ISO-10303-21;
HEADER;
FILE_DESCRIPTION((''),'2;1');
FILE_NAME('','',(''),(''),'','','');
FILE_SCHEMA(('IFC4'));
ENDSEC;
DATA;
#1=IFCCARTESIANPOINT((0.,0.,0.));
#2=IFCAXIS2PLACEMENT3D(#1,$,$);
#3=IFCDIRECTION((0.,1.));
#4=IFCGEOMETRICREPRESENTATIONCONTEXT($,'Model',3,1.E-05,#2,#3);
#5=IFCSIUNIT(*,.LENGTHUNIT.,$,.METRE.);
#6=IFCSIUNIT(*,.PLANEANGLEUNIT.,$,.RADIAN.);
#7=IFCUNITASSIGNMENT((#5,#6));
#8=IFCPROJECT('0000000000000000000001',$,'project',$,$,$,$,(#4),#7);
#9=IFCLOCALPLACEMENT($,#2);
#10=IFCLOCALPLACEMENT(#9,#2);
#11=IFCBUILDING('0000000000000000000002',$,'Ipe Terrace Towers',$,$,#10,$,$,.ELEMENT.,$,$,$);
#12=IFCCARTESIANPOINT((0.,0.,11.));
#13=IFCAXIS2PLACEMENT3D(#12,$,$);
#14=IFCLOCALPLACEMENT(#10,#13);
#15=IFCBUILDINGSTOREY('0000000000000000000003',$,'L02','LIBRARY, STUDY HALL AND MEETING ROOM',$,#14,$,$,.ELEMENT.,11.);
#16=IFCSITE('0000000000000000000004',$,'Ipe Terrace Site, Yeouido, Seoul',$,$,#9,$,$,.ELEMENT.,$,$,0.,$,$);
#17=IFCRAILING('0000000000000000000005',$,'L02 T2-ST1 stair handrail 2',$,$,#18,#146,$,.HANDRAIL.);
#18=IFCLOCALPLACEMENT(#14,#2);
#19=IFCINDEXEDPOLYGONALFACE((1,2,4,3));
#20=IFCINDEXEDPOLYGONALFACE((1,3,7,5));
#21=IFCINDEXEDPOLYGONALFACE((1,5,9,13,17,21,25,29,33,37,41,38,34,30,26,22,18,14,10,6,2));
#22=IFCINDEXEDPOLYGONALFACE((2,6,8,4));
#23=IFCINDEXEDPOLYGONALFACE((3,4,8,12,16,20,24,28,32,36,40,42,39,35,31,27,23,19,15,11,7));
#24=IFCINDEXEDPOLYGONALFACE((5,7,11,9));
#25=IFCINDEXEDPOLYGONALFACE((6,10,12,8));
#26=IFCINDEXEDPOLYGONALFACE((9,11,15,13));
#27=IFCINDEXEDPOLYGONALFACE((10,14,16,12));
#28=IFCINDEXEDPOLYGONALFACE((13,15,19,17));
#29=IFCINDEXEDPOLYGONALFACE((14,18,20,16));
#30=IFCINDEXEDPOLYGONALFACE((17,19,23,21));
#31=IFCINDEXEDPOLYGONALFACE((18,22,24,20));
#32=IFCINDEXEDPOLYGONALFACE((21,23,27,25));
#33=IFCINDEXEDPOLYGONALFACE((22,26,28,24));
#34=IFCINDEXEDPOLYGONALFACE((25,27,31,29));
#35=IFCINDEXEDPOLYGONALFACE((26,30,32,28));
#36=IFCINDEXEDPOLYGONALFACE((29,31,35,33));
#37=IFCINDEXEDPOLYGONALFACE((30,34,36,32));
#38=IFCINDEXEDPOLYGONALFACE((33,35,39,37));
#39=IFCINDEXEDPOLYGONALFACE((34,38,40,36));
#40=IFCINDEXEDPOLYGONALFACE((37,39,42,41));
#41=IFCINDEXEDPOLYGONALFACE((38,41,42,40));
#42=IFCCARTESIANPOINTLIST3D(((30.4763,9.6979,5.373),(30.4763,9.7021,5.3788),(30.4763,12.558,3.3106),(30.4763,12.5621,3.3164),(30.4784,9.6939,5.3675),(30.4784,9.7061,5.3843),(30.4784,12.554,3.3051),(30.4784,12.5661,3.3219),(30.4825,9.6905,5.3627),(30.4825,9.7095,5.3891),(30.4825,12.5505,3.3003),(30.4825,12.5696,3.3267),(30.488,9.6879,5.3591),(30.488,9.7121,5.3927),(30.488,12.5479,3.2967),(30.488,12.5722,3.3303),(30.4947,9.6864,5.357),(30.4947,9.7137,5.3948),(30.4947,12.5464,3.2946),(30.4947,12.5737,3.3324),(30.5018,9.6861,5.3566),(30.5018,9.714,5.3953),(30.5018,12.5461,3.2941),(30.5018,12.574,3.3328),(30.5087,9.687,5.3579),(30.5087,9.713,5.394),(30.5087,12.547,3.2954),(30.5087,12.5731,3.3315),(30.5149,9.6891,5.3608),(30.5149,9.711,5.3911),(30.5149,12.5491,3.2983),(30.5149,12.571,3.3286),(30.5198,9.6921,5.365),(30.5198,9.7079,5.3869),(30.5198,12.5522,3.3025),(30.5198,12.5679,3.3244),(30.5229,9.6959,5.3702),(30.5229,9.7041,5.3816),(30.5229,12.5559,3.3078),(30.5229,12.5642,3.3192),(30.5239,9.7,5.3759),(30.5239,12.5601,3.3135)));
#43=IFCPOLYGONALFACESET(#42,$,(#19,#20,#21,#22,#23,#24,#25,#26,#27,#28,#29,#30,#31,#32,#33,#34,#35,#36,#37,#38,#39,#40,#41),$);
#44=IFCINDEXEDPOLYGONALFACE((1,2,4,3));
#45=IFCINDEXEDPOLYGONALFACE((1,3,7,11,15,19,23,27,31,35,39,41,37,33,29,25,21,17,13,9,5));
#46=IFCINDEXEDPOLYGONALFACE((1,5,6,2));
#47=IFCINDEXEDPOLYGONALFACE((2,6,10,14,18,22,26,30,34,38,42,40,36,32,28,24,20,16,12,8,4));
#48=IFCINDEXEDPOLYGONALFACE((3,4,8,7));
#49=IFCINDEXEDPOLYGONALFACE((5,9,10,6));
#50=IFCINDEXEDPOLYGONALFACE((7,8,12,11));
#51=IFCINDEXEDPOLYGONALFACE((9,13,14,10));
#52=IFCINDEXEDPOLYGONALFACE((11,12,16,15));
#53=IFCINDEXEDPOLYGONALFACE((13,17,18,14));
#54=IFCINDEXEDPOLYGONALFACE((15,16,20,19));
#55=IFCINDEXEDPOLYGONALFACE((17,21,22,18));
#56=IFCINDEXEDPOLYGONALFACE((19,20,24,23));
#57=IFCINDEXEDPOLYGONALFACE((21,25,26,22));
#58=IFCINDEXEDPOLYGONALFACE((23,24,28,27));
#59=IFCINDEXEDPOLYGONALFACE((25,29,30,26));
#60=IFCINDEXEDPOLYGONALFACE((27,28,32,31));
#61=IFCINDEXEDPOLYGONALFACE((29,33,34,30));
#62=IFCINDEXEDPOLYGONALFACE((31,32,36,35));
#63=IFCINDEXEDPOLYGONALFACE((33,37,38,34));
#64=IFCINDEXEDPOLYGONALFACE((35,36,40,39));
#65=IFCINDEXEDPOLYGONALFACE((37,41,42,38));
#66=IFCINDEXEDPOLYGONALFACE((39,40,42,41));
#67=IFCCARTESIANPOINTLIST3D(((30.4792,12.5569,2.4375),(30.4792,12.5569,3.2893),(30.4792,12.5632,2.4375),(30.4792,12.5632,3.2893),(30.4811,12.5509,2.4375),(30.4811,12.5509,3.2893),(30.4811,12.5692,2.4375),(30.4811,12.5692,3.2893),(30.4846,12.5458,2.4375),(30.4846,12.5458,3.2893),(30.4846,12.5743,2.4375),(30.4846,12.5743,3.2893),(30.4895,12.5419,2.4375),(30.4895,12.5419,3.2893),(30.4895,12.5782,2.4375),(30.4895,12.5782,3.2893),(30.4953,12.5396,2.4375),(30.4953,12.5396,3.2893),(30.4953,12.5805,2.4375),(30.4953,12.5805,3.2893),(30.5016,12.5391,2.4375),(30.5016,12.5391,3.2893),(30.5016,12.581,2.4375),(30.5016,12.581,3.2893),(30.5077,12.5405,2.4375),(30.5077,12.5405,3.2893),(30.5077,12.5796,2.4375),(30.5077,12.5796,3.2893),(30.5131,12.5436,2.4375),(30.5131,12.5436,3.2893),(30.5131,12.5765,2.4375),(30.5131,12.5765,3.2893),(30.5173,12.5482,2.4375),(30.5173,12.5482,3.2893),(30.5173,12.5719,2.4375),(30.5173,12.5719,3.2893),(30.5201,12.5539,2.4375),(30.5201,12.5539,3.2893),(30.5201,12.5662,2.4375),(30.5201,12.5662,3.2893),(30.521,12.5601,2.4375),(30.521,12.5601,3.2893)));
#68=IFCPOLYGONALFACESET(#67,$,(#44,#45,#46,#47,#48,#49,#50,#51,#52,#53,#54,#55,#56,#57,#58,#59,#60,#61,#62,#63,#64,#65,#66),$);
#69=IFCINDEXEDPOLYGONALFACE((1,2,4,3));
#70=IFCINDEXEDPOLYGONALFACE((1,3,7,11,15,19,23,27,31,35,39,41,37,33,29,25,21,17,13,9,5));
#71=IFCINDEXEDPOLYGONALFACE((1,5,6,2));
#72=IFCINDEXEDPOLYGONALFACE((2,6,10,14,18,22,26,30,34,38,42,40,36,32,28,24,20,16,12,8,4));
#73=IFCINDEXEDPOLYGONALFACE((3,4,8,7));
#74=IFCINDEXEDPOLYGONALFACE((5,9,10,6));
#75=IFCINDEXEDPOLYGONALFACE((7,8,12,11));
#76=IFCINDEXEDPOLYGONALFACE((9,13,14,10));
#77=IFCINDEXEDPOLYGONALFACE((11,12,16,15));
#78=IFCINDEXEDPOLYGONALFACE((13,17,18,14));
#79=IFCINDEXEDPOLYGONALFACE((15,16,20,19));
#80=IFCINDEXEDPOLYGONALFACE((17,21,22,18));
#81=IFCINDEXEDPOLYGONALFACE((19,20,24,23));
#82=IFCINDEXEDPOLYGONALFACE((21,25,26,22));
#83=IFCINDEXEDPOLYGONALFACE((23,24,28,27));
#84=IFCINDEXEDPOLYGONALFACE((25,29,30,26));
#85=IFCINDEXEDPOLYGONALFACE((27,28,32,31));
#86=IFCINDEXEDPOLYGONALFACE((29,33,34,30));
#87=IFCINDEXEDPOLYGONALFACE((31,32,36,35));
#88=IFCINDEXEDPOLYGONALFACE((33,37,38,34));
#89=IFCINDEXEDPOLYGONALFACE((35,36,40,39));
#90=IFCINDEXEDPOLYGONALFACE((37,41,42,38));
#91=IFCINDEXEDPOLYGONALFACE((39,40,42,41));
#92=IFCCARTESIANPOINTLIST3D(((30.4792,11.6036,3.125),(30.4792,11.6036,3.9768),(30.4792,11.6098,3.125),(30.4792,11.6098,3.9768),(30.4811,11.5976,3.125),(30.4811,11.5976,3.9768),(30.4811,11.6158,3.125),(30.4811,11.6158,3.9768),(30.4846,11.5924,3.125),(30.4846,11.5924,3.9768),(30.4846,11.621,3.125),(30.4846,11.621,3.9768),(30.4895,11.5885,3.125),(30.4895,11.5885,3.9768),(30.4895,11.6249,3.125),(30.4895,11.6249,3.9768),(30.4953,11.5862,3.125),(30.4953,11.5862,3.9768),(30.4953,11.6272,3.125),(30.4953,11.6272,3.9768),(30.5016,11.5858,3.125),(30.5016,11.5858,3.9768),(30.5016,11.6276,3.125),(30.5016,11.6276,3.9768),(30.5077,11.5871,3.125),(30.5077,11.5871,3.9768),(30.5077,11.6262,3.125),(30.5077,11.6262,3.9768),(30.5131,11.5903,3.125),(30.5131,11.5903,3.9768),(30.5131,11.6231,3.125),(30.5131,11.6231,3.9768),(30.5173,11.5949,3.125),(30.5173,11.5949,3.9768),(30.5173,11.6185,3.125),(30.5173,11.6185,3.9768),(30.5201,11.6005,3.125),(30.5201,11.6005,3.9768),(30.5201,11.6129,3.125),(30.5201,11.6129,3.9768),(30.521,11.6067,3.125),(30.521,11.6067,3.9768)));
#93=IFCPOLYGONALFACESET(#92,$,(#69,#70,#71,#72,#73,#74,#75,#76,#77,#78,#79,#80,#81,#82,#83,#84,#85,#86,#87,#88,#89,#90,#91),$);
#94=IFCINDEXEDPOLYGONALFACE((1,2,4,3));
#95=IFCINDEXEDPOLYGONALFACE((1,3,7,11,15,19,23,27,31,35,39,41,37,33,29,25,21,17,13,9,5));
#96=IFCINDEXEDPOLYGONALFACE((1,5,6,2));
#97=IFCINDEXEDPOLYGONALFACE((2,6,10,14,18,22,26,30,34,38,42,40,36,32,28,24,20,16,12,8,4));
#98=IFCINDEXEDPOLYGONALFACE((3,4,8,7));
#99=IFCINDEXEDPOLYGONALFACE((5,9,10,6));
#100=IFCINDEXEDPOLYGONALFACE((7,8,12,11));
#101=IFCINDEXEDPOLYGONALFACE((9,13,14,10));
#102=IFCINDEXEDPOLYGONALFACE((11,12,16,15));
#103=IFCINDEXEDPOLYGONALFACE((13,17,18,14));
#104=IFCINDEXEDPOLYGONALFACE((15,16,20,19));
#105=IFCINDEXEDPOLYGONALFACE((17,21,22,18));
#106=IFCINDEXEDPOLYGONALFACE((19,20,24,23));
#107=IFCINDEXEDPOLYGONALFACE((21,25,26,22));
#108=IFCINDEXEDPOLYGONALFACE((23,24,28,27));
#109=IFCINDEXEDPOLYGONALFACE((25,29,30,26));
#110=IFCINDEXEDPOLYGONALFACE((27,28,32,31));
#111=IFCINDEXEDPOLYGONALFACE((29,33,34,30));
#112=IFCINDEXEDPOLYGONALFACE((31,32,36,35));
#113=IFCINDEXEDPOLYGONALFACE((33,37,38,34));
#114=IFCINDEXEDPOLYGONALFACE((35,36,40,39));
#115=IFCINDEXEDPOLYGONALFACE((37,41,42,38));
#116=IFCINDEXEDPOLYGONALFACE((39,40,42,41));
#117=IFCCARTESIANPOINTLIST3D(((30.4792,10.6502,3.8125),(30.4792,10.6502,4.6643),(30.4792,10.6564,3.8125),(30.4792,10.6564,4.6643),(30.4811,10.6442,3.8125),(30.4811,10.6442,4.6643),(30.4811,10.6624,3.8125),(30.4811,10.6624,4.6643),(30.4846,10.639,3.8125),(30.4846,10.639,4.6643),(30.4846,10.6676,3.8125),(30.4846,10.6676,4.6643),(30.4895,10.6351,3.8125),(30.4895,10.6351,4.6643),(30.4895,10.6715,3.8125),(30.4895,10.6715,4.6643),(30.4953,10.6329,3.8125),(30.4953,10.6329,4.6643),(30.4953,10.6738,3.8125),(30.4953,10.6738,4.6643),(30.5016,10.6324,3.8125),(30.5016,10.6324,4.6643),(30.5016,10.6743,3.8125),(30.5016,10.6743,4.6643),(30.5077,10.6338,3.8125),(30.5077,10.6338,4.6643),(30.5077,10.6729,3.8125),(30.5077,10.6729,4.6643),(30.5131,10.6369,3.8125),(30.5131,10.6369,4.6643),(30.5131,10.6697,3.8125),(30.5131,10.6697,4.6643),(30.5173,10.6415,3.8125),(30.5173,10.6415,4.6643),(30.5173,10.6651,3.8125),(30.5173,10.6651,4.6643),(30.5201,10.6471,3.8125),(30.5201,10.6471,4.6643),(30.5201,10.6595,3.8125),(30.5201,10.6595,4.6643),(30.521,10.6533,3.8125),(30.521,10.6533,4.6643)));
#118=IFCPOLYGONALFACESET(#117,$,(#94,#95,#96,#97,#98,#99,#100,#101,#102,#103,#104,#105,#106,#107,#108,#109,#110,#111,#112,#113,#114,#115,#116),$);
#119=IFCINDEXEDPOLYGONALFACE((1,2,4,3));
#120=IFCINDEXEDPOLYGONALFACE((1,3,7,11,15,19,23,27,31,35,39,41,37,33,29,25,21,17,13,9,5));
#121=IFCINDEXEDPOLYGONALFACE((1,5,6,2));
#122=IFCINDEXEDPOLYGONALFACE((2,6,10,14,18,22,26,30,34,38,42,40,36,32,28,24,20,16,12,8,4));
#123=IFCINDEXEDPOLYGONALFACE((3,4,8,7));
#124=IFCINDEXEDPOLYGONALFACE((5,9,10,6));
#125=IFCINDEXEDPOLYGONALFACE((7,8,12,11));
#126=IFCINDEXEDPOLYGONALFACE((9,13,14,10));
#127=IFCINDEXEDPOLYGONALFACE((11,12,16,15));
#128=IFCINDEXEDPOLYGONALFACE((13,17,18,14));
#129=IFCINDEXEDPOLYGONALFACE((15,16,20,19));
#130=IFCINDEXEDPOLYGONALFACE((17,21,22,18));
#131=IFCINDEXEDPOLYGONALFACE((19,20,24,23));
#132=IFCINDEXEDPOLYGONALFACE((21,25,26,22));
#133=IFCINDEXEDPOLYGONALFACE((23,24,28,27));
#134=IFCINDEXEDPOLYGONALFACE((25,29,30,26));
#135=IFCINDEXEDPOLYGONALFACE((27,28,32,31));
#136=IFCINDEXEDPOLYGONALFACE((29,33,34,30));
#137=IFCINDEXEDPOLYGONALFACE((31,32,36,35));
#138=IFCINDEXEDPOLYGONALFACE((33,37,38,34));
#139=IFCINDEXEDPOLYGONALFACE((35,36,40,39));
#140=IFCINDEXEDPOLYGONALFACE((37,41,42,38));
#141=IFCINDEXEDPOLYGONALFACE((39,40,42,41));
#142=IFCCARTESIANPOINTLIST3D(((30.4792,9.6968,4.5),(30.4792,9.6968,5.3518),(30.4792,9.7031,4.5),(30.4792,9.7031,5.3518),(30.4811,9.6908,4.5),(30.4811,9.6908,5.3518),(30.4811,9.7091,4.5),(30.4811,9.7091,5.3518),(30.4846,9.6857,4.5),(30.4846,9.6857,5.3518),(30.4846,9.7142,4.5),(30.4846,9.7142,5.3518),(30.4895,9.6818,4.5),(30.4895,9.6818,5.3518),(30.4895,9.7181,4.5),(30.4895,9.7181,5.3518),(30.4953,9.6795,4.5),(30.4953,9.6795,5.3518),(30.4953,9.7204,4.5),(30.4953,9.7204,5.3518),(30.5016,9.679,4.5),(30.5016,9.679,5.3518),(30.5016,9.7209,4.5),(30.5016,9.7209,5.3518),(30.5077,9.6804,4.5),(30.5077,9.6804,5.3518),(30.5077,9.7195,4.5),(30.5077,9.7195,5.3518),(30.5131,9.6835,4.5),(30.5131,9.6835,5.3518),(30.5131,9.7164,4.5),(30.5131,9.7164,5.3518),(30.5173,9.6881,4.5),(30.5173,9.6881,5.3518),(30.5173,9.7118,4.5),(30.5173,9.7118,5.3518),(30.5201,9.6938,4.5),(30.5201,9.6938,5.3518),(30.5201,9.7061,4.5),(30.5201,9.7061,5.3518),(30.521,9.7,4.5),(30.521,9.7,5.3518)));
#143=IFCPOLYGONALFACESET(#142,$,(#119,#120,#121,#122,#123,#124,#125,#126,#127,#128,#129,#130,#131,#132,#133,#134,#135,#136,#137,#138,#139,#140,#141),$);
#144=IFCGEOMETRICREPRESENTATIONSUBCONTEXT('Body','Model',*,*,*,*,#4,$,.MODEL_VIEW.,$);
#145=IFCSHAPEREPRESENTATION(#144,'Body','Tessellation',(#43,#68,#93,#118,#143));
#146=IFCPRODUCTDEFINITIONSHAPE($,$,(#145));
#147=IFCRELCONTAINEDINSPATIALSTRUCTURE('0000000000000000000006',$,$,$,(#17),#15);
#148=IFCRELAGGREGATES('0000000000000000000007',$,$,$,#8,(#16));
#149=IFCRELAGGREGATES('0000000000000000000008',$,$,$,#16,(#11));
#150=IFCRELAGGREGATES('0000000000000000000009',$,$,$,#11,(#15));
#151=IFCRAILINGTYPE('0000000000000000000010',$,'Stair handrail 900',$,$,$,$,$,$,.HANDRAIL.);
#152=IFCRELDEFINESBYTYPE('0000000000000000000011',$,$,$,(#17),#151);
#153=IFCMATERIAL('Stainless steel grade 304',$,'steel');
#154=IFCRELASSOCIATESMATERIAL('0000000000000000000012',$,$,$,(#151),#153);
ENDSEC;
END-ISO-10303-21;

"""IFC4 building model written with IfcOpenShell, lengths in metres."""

from ifc_helpers import new_model, si_unit, direction, frame, origin, origin_2d, place, context, subcontext, project, spatial, circle, extrude, material, type_object, element, save


model = new_model("IFC4")

# Units and contexts
model_context = context("Model", 3, precision=1e-05, world=origin(), true_north=direction((0.0, 1.0)))
body_context = subcontext(model_context, "Body", "Model", "MODEL_VIEW")
ifc_project = project(units=[si_unit("LENGTHUNIT", "METRE"), si_unit("PLANEANGLEUNIT", "RADIAN")], contexts=[model_context])

# Site, building, storey
site_placement = place(None, origin())
site = spatial("IfcSite", under=ifc_project, at=site_placement, Name="Ipe Terrace Site, Yeouido, Seoul", CompositionType="ELEMENT", RefElevation=0.0)
building_placement = place(site_placement, origin())
building = spatial("IfcBuilding", under=site, at=building_placement, Name="Ipe Terrace Towers", CompositionType="ELEMENT")
storey_placement = place(building_placement, frame((0.0, 0.0, 11.0)))
storey = spatial("IfcBuildingStorey", under=building, at=storey_placement, Name="L02", Description="LIBRARY, STUDY HALL AND MEETING ROOM", CompositionType="ELEMENT", Elevation=11.0)

# Railing
ifc_material_1 = material(Name="Stainless steel grade 304", Category="steel")
railing_type_1 = type_object("IfcRailingType", Name="Stair handrail 900", PredefinedType="HANDRAIL", material=ifc_material_1)
railing_1_placement = place(storey_placement, frame((30.5, 12.5601, 2.4375)))
element("IfcRailing", 1, at=railing_1_placement, inside=storey, type_object=railing_type_1, Name="L02 T2-ST1 stair handrail 2", PredefinedType="HANDRAIL", context=body_context, shape_type="SweptSolid", body=[
    extrude(circle(Radius=0.0239, at=origin_2d()), frame((0.0, 0.0, 0.876), z_axis=(0.0, -0.811101, 0.584906), x_axis=(1.0, 0.0, 0.0)), (0.0, 0.0, 1.0), 3.5261),
    extrude(circle(Radius=0.021, at=origin_2d()), origin(), (0.0, 0.0, 1.0), 0.8518),
    extrude(circle(Radius=0.021, at=origin_2d()), frame((0.0, -0.9534, 0.6875)), (0.0, 0.0, 1.0), 0.8518),
    extrude(circle(Radius=0.021, at=origin_2d()), frame((0.0, -1.9067, 1.375)), (0.0, 0.0, 1.0), 0.8518),
    extrude(circle(Radius=0.021, at=origin_2d()), frame((0.0, -2.8601, 2.0625)), (0.0, 0.0, 1.0), 0.8518),
])

save(model, "model.ifc")
